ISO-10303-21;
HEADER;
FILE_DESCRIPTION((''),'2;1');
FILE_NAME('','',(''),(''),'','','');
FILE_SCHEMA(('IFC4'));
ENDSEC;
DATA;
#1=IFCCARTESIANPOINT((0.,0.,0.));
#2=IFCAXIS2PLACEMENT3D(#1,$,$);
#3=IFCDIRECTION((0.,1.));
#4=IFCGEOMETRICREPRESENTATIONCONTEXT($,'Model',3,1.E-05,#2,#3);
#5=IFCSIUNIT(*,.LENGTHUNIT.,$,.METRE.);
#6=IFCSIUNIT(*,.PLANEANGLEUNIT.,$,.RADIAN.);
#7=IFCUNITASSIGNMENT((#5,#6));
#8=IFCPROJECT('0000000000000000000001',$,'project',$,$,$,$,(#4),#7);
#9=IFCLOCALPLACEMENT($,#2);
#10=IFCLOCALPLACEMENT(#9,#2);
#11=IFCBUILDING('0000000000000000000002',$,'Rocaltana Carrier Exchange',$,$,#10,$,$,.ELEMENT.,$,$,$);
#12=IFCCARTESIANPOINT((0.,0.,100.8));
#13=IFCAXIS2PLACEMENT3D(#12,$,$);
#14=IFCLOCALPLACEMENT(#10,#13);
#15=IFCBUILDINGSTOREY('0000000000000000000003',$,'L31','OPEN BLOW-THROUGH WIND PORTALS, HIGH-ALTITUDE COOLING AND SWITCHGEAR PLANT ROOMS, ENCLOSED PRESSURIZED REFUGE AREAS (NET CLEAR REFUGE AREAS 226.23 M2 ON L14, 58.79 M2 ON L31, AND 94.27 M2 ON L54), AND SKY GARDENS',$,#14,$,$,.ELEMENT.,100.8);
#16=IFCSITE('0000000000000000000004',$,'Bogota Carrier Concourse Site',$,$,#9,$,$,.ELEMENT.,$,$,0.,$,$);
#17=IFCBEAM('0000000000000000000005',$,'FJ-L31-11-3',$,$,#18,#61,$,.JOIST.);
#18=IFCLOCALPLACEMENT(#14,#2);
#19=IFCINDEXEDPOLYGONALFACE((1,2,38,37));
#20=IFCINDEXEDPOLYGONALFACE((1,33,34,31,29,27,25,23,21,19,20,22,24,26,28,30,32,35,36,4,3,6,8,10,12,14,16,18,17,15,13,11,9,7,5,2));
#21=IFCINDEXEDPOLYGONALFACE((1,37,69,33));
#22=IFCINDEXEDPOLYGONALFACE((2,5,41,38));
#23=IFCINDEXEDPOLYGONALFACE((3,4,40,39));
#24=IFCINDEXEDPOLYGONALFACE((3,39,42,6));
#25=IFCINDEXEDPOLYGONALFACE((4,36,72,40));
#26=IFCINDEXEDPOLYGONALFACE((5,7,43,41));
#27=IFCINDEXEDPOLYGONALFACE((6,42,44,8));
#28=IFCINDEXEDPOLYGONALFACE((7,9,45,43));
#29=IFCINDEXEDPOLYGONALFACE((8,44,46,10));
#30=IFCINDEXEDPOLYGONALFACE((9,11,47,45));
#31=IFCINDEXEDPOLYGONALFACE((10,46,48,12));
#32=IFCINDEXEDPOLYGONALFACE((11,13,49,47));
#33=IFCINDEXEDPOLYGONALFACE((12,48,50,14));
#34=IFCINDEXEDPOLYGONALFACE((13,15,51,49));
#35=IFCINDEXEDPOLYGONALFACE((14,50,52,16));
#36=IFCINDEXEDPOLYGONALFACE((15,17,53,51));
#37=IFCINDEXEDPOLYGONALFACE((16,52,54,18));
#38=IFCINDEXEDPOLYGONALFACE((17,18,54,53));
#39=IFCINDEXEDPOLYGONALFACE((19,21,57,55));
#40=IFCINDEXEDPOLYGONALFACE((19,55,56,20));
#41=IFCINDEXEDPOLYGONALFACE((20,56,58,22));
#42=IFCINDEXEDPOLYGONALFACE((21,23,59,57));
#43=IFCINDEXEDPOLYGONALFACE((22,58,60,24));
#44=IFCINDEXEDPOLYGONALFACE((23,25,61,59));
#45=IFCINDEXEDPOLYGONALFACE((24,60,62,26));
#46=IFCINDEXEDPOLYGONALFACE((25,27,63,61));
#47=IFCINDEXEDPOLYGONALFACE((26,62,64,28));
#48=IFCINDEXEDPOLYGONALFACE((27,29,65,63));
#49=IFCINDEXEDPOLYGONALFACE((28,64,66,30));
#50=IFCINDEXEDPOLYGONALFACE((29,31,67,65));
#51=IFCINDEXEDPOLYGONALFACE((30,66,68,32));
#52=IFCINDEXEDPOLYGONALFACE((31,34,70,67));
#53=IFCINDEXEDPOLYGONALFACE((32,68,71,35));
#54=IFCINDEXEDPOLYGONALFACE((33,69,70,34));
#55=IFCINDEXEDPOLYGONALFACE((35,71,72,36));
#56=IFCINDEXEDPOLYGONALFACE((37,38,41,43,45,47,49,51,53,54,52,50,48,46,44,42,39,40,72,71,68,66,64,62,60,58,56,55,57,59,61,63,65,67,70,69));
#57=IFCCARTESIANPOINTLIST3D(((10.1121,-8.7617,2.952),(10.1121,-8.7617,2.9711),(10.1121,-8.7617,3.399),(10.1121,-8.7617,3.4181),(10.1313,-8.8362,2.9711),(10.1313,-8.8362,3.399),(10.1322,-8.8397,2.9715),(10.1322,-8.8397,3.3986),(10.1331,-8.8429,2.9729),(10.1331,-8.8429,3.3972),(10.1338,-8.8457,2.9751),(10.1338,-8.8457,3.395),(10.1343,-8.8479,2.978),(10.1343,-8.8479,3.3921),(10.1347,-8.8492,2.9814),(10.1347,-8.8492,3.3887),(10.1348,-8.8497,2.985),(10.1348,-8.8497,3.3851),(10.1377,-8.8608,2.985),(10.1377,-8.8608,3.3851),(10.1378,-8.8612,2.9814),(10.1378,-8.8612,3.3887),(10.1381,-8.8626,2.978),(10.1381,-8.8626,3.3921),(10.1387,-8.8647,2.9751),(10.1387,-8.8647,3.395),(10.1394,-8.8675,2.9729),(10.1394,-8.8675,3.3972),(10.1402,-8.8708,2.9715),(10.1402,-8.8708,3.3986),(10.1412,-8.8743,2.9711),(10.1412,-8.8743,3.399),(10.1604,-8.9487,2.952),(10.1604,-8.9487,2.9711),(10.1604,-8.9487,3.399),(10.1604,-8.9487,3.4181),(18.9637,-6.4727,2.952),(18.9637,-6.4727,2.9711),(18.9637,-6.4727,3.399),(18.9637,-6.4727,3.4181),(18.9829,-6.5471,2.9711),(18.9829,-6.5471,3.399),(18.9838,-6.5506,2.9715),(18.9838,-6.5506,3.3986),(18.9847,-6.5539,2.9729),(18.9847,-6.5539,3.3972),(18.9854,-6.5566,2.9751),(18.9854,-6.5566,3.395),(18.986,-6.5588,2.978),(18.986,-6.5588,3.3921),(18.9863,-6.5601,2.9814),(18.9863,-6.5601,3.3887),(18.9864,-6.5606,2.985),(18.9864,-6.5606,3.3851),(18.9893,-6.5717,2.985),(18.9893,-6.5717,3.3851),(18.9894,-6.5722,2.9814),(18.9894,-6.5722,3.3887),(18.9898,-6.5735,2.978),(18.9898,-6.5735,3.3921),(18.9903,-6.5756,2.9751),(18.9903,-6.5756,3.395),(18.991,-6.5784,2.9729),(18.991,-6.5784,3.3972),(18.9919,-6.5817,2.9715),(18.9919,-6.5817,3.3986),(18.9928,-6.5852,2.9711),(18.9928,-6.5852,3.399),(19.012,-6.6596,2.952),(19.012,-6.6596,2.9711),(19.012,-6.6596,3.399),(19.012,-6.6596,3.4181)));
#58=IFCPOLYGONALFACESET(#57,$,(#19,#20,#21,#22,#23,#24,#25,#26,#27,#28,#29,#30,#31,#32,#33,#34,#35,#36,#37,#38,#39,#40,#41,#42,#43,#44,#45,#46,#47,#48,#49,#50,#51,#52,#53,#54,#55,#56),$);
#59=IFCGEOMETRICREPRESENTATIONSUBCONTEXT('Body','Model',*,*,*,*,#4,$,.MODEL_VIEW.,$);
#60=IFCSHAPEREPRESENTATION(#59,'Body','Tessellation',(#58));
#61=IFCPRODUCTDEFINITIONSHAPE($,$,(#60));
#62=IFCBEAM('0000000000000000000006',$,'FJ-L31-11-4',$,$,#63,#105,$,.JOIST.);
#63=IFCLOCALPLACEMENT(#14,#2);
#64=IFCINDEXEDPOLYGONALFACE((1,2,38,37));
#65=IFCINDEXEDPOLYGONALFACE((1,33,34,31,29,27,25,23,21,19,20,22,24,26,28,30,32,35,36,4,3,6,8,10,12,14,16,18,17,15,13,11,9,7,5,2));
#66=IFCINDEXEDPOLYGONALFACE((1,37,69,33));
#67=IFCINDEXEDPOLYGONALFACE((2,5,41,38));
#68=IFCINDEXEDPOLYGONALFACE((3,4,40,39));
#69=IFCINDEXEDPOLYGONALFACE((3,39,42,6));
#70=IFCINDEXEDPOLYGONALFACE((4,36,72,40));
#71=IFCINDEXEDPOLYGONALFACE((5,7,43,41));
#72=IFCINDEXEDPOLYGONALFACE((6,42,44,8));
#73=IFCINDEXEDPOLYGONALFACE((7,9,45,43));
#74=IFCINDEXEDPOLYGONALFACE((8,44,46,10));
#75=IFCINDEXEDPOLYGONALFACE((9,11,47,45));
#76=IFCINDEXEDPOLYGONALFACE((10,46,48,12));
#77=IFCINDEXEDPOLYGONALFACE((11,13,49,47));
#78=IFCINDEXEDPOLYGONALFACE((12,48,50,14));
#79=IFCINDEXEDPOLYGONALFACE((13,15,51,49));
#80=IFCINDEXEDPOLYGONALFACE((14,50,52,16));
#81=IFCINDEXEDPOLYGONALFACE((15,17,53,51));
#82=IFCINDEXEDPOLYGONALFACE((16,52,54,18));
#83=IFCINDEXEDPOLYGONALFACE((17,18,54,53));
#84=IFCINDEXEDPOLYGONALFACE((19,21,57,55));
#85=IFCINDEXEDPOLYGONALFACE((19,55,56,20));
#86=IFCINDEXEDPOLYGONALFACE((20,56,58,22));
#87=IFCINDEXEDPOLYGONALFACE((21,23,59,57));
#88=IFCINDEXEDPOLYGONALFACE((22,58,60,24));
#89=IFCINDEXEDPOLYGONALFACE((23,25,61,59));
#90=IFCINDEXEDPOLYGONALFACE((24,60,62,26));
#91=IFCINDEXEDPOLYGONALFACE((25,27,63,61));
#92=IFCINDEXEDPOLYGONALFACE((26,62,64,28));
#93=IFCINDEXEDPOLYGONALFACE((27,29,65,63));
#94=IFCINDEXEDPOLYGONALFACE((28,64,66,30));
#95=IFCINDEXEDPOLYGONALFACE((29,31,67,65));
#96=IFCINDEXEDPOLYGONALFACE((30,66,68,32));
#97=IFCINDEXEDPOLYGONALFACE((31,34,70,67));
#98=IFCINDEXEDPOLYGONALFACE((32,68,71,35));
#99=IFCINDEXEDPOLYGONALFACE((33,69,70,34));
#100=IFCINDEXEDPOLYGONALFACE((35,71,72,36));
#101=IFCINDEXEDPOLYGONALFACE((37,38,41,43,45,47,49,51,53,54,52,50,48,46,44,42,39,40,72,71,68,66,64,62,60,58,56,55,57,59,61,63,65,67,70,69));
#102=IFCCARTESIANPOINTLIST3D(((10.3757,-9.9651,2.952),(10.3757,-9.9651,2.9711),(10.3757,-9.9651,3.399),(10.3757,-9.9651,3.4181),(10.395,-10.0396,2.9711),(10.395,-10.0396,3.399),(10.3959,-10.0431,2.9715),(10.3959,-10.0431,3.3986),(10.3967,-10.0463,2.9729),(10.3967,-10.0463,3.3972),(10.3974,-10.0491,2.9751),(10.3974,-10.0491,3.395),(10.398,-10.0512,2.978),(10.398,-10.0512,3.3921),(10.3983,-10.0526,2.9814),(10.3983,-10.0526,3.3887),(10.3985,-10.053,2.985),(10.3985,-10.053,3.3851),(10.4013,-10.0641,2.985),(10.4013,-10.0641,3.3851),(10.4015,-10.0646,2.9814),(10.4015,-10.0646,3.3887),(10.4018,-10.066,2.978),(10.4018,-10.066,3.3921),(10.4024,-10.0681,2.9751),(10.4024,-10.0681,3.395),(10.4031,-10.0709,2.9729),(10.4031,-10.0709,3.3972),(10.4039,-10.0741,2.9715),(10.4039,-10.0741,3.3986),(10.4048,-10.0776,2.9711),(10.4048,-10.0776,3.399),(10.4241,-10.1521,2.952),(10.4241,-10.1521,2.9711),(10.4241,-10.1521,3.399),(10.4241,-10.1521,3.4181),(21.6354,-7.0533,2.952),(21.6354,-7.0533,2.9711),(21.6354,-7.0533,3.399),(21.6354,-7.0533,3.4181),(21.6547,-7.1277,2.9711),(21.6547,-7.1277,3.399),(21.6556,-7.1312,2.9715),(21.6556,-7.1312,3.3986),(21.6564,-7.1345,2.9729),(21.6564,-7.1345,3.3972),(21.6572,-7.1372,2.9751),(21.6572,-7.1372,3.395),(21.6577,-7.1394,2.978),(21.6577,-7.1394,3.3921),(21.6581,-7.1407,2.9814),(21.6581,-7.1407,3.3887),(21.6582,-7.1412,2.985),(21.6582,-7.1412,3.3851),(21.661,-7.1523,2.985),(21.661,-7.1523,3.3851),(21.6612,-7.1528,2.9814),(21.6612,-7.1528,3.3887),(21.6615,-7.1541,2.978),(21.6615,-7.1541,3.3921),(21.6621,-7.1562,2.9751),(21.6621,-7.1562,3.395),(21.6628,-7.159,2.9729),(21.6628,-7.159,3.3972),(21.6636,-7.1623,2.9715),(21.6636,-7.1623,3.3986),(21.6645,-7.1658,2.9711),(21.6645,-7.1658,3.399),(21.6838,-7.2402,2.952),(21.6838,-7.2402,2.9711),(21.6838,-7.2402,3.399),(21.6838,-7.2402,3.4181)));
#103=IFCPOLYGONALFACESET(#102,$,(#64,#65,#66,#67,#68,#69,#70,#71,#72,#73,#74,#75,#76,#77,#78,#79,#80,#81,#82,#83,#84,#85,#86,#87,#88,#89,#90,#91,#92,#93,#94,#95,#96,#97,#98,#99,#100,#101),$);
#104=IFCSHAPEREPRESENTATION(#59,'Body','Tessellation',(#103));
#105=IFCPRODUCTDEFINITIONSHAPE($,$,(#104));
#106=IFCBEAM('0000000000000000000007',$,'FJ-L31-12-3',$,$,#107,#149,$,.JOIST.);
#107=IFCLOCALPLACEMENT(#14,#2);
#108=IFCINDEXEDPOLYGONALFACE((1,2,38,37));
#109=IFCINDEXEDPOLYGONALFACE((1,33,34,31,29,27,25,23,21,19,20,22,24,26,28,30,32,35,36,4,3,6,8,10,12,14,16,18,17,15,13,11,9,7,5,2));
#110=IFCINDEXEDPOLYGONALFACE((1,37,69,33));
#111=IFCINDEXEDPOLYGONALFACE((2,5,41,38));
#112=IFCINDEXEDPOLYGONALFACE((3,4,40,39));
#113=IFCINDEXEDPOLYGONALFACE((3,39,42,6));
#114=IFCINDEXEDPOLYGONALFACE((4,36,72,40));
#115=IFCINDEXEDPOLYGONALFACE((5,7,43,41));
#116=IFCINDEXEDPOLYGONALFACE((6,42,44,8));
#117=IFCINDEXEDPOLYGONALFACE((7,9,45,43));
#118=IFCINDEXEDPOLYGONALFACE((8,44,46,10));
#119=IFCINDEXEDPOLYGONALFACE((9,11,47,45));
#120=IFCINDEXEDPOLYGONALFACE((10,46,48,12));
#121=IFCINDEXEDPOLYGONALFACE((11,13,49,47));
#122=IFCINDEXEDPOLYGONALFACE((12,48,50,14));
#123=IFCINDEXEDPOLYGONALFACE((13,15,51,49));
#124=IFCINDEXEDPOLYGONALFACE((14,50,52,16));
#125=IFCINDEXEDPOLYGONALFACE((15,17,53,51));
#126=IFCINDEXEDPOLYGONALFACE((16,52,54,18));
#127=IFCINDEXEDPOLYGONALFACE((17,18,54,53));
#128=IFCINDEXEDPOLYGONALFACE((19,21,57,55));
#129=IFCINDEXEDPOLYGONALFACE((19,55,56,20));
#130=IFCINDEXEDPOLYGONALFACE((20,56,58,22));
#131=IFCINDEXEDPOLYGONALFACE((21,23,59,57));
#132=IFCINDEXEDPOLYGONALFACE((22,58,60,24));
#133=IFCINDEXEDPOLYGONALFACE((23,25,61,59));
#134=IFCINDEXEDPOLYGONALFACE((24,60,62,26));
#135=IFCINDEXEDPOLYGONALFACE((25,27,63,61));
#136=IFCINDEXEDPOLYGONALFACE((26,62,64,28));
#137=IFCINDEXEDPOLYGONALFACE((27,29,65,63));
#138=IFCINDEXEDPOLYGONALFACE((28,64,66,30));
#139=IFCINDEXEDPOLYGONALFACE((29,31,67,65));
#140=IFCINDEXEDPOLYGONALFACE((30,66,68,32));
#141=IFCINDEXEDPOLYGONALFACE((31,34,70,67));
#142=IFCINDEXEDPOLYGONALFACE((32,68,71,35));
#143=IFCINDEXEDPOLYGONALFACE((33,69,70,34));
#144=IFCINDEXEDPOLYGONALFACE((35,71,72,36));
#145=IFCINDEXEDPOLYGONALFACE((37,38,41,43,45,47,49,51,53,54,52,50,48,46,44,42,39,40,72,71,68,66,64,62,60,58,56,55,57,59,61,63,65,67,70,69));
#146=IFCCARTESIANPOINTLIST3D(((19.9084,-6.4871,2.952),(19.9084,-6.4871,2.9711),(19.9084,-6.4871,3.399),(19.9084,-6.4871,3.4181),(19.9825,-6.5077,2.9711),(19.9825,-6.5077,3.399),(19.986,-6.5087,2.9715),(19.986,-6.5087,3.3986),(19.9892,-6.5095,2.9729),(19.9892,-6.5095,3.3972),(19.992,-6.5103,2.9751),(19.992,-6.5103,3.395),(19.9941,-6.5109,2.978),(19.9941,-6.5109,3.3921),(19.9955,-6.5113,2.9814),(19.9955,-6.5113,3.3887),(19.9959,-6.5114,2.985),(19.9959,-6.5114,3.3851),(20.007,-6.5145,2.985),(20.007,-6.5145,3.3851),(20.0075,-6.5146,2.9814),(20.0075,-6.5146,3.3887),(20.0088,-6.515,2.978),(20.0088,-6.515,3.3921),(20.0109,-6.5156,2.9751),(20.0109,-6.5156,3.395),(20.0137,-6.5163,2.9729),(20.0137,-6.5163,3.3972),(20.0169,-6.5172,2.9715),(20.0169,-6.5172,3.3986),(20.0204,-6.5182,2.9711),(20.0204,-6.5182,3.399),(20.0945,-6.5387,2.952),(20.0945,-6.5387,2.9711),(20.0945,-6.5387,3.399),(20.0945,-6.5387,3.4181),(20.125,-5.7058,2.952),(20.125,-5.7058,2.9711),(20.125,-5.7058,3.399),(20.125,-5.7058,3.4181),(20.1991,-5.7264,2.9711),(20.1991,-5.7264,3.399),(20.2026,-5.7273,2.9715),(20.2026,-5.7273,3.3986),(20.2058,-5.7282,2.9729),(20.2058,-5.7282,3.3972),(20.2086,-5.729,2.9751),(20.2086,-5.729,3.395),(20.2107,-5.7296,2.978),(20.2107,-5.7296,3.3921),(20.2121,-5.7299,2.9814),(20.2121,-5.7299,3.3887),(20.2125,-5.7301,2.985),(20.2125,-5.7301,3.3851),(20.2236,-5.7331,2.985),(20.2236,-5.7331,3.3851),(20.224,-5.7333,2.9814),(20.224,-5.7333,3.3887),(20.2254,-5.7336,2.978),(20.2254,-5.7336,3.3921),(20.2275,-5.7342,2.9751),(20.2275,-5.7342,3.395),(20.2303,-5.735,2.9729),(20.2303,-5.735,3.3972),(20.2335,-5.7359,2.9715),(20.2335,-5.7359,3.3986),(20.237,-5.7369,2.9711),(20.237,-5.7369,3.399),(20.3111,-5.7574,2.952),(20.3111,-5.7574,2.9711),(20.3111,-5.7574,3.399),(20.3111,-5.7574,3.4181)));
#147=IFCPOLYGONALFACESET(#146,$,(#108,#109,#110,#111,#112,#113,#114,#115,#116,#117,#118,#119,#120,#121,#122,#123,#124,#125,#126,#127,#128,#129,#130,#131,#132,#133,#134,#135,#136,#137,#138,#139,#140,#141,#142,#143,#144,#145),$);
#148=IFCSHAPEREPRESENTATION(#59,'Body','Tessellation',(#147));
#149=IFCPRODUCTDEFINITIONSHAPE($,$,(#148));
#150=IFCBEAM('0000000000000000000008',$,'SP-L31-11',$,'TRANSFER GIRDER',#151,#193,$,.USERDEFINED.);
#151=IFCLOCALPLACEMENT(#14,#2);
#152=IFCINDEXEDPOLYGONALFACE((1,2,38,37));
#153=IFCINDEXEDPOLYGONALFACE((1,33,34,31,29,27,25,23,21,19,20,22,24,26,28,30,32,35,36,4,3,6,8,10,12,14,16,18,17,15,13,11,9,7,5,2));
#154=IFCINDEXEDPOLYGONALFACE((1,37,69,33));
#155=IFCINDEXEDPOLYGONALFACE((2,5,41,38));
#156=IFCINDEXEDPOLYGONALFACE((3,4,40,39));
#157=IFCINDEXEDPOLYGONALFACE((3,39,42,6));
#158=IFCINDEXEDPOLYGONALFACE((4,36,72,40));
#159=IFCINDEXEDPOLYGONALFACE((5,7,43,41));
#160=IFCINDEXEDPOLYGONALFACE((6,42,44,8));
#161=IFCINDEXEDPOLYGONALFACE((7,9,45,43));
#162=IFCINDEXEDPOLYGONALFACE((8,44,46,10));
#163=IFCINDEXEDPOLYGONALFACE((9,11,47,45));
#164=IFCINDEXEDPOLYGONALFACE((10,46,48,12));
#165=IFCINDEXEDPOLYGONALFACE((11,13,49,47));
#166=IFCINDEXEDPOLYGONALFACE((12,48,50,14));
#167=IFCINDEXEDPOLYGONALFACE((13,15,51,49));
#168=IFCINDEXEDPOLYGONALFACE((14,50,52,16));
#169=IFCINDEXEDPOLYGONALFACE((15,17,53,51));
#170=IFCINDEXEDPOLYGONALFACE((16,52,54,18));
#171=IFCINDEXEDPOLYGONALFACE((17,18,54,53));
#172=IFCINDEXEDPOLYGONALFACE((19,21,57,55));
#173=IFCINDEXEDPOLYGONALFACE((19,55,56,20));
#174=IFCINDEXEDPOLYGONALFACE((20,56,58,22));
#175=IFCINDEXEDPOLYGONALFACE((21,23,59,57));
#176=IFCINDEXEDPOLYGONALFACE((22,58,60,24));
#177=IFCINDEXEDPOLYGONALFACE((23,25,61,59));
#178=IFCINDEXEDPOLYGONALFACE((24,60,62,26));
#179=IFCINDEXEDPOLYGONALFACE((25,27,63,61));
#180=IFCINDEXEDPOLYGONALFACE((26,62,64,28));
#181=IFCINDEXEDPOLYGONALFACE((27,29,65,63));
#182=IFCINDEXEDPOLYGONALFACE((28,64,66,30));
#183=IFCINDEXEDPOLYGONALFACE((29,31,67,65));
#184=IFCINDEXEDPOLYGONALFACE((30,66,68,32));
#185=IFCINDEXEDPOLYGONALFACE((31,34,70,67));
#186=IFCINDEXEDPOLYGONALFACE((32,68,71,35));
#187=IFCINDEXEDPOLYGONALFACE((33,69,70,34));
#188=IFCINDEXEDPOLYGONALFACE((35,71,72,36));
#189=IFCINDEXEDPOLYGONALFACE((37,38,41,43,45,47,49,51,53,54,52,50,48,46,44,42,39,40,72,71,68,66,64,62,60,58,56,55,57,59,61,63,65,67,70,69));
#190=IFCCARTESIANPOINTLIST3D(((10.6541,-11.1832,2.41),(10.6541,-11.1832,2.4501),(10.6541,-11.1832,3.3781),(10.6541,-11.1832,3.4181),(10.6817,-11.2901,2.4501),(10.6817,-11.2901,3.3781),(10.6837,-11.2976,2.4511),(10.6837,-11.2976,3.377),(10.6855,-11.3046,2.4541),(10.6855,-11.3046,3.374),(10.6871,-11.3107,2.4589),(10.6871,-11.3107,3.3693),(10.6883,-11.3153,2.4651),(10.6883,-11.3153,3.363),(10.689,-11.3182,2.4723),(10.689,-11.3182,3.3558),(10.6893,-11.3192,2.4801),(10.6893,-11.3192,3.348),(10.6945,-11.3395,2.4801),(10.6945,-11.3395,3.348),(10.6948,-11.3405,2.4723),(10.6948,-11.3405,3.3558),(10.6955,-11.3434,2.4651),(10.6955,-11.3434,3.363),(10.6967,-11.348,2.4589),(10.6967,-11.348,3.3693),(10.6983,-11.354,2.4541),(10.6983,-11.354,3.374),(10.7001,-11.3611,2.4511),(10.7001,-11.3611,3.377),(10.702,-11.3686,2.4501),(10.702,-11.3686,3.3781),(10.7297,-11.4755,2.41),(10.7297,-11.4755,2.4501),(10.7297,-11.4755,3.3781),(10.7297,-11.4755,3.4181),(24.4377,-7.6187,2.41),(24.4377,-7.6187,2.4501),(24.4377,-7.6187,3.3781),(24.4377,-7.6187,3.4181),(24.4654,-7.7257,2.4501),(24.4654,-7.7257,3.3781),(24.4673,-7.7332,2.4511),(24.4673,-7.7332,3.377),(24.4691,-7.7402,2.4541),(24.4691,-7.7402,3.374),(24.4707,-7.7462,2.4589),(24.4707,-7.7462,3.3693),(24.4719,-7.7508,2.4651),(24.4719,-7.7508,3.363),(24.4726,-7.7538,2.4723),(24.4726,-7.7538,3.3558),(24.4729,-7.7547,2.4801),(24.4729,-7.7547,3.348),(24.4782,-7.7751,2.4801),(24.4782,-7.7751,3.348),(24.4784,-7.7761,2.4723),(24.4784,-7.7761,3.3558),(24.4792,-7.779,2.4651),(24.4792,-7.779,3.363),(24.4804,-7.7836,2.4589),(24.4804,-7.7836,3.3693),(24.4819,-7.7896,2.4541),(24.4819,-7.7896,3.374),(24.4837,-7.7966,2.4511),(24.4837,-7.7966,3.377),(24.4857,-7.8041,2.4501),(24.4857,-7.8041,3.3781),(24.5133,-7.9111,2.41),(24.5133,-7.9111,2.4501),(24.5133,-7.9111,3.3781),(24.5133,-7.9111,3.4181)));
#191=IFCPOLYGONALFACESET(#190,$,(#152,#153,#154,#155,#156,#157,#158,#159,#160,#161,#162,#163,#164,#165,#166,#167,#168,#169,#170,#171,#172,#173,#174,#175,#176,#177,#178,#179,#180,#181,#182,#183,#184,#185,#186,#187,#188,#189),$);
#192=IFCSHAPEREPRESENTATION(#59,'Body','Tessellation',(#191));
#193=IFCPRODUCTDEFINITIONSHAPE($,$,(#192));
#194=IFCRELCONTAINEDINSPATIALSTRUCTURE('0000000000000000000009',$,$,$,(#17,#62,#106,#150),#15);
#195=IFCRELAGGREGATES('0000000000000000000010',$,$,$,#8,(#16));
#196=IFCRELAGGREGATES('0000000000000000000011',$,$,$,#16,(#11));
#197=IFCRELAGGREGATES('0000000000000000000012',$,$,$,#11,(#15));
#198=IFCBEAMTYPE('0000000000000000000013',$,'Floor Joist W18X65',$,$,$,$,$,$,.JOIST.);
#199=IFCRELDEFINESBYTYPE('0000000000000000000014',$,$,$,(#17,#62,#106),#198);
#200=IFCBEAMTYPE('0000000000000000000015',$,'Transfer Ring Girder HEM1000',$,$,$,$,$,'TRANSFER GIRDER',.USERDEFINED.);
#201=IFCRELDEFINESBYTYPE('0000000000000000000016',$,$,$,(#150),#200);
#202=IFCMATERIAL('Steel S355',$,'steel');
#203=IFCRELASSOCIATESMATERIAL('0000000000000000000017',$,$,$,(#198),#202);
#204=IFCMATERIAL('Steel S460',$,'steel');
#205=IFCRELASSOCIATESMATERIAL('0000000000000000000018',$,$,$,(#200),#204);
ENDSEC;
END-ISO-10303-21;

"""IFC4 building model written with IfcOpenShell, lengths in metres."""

from ifc_helpers import new_model, si_unit, direction, frame, origin, origin_2d, place, context, subcontext, project, spatial, i_section, extrude, material, material_profile, profile_set, type_object, element, save


model = new_model("IFC4")

# Units and contexts
model_context = context("Model", 3, precision=1e-05, world=origin(), true_north=direction((0.0, 1.0)))
body_context = subcontext(model_context, "Body", "Model", "MODEL_VIEW")
ifc_project = project(units=[si_unit("LENGTHUNIT", "METRE"), si_unit("PLANEANGLEUNIT", "RADIAN")], contexts=[model_context])

# Site, building, storey
site_placement = place(None, origin())
site = spatial("IfcSite", under=ifc_project, at=site_placement, Name="Bogota Carrier Concourse Site", CompositionType="ELEMENT", RefElevation=0.0)
building_placement = place(site_placement, origin())
building = spatial("IfcBuilding", under=site, at=building_placement, Name="Rocaltana Carrier Exchange", CompositionType="ELEMENT")
storey_placement = place(building_placement, frame((0.0, 0.0, 100.8)))
storey = spatial("IfcBuildingStorey", under=building, at=storey_placement, Name="L31", Description="OPEN BLOW-THROUGH WIND PORTALS, HIGH-ALTITUDE COOLING AND SWITCHGEAR PLANT ROOMS, ENCLOSED PRESSURIZED REFUGE AREAS (NET CLEAR REFUGE AREAS 226.23 M2 ON L14, 58.79 M2 ON L31, AND 94.27 M2 ON L54), AND SKY GARDENS", CompositionType="ELEMENT", Elevation=100.8)

# Beams
ifc_material_1 = material(Name="Steel S355", Category="steel")
ifc_material_profile_1 = material_profile(ifc_material_1, i_section(OverallWidth=0.1931, OverallDepth=0.4661, WebThickness=0.0115, FlangeThickness=0.019, FilletRadius=0.0139, at=origin_2d()), Name="W18X65")
ifc_profile_set_1 = profile_set([ifc_material_profile_1], Name="Steel S355")
beam_type_1 = type_object("IfcBeamType", Name="Floor Joist W18X65", PredefinedType="JOIST", material=ifc_profile_set_1)
beam_1_placement = place(storey_placement, frame((10.1362, -8.8552, 3.1851), z_axis=(0.96815, 0.250369, 0.0), x_axis=(-0.250369, 0.96815, 0.0)))
element("IfcBeam", 1, at=beam_1_placement, inside=storey, type_object=beam_type_1, Name="FJ-L31-11-3", PredefinedType="JOIST", context=body_context, shape_type="SweptSolid", body=[
    extrude(i_section(OverallWidth=0.1931, OverallDepth=0.4661, WebThickness=0.0115, FlangeThickness=0.019, FilletRadius=0.0139, at=origin_2d()), origin(), (0.0, 0.0, 1.0), 9.1428),
])
beam_2_placement = place(storey_placement, frame((10.3999, -10.0586, 3.1851), z_axis=(0.96815, 0.250371, 0.0), x_axis=(-0.250371, 0.96815, 0.0)))
element("IfcBeam", 2, at=beam_2_placement, inside=storey, type_object=beam_type_1, Name="FJ-L31-11-4", PredefinedType="JOIST", context=body_context, shape_type="SweptSolid", body=[
    extrude(i_section(OverallWidth=0.1931, OverallDepth=0.4661, WebThickness=0.0115, FlangeThickness=0.019, FilletRadius=0.0139, at=origin_2d()), origin(), (0.0, 0.0, 1.0), 11.6301),
])
beam_3_placement = place(storey_placement, frame((20.0015, -6.5129, 3.1851), z_axis=(0.267116, 0.963664, 0.0), x_axis=(-0.963664, 0.267116, 0.0)))
element("IfcBeam", 3, at=beam_3_placement, inside=storey, type_object=beam_type_1, Name="FJ-L31-12-3", PredefinedType="JOIST", context=body_context, shape_type="SweptSolid", body=[
    extrude(i_section(OverallWidth=0.1931, OverallDepth=0.4661, WebThickness=0.0115, FlangeThickness=0.019, FilletRadius=0.0139, at=origin_2d()), origin(), (0.0, 0.0, 1.0), 0.8108),
])
ifc_material_2 = material(Name="Steel S460", Category="steel")
ifc_material_profile_2 = material_profile(ifc_material_2, i_section(OverallWidth=0.302, OverallDepth=1.0081, WebThickness=0.021, FlangeThickness=0.04, FilletRadius=0.03, at=origin_2d()), Name="HEM1000")
ifc_profile_set_2 = profile_set([ifc_material_profile_2], Name="Steel S460")
beam_type_2 = type_object("IfcBeamType", Name="Transfer Ring Girder HEM1000", ElementType="TRANSFER GIRDER", PredefinedType="USERDEFINED", material=ifc_profile_set_2)
beam_4_placement = place(storey_placement, frame((10.6919, -11.3293, 2.9141), z_axis=(0.968152, 0.250363, 0.0), x_axis=(-0.250363, 0.968152, 0.0)))
element("IfcBeam", 4, at=beam_4_placement, inside=storey, type_object=beam_type_2, Name="SP-L31-11", ObjectType="TRANSFER GIRDER", PredefinedType="USERDEFINED", context=body_context, shape_type="SweptSolid", body=[
    extrude(i_section(OverallWidth=0.302, OverallDepth=1.0081, WebThickness=0.021, FlangeThickness=0.04, FilletRadius=0.03, at=origin_2d()), origin(), (0.0, 0.0, 1.0), 14.2371),
])

save(model, "model.ifc")
